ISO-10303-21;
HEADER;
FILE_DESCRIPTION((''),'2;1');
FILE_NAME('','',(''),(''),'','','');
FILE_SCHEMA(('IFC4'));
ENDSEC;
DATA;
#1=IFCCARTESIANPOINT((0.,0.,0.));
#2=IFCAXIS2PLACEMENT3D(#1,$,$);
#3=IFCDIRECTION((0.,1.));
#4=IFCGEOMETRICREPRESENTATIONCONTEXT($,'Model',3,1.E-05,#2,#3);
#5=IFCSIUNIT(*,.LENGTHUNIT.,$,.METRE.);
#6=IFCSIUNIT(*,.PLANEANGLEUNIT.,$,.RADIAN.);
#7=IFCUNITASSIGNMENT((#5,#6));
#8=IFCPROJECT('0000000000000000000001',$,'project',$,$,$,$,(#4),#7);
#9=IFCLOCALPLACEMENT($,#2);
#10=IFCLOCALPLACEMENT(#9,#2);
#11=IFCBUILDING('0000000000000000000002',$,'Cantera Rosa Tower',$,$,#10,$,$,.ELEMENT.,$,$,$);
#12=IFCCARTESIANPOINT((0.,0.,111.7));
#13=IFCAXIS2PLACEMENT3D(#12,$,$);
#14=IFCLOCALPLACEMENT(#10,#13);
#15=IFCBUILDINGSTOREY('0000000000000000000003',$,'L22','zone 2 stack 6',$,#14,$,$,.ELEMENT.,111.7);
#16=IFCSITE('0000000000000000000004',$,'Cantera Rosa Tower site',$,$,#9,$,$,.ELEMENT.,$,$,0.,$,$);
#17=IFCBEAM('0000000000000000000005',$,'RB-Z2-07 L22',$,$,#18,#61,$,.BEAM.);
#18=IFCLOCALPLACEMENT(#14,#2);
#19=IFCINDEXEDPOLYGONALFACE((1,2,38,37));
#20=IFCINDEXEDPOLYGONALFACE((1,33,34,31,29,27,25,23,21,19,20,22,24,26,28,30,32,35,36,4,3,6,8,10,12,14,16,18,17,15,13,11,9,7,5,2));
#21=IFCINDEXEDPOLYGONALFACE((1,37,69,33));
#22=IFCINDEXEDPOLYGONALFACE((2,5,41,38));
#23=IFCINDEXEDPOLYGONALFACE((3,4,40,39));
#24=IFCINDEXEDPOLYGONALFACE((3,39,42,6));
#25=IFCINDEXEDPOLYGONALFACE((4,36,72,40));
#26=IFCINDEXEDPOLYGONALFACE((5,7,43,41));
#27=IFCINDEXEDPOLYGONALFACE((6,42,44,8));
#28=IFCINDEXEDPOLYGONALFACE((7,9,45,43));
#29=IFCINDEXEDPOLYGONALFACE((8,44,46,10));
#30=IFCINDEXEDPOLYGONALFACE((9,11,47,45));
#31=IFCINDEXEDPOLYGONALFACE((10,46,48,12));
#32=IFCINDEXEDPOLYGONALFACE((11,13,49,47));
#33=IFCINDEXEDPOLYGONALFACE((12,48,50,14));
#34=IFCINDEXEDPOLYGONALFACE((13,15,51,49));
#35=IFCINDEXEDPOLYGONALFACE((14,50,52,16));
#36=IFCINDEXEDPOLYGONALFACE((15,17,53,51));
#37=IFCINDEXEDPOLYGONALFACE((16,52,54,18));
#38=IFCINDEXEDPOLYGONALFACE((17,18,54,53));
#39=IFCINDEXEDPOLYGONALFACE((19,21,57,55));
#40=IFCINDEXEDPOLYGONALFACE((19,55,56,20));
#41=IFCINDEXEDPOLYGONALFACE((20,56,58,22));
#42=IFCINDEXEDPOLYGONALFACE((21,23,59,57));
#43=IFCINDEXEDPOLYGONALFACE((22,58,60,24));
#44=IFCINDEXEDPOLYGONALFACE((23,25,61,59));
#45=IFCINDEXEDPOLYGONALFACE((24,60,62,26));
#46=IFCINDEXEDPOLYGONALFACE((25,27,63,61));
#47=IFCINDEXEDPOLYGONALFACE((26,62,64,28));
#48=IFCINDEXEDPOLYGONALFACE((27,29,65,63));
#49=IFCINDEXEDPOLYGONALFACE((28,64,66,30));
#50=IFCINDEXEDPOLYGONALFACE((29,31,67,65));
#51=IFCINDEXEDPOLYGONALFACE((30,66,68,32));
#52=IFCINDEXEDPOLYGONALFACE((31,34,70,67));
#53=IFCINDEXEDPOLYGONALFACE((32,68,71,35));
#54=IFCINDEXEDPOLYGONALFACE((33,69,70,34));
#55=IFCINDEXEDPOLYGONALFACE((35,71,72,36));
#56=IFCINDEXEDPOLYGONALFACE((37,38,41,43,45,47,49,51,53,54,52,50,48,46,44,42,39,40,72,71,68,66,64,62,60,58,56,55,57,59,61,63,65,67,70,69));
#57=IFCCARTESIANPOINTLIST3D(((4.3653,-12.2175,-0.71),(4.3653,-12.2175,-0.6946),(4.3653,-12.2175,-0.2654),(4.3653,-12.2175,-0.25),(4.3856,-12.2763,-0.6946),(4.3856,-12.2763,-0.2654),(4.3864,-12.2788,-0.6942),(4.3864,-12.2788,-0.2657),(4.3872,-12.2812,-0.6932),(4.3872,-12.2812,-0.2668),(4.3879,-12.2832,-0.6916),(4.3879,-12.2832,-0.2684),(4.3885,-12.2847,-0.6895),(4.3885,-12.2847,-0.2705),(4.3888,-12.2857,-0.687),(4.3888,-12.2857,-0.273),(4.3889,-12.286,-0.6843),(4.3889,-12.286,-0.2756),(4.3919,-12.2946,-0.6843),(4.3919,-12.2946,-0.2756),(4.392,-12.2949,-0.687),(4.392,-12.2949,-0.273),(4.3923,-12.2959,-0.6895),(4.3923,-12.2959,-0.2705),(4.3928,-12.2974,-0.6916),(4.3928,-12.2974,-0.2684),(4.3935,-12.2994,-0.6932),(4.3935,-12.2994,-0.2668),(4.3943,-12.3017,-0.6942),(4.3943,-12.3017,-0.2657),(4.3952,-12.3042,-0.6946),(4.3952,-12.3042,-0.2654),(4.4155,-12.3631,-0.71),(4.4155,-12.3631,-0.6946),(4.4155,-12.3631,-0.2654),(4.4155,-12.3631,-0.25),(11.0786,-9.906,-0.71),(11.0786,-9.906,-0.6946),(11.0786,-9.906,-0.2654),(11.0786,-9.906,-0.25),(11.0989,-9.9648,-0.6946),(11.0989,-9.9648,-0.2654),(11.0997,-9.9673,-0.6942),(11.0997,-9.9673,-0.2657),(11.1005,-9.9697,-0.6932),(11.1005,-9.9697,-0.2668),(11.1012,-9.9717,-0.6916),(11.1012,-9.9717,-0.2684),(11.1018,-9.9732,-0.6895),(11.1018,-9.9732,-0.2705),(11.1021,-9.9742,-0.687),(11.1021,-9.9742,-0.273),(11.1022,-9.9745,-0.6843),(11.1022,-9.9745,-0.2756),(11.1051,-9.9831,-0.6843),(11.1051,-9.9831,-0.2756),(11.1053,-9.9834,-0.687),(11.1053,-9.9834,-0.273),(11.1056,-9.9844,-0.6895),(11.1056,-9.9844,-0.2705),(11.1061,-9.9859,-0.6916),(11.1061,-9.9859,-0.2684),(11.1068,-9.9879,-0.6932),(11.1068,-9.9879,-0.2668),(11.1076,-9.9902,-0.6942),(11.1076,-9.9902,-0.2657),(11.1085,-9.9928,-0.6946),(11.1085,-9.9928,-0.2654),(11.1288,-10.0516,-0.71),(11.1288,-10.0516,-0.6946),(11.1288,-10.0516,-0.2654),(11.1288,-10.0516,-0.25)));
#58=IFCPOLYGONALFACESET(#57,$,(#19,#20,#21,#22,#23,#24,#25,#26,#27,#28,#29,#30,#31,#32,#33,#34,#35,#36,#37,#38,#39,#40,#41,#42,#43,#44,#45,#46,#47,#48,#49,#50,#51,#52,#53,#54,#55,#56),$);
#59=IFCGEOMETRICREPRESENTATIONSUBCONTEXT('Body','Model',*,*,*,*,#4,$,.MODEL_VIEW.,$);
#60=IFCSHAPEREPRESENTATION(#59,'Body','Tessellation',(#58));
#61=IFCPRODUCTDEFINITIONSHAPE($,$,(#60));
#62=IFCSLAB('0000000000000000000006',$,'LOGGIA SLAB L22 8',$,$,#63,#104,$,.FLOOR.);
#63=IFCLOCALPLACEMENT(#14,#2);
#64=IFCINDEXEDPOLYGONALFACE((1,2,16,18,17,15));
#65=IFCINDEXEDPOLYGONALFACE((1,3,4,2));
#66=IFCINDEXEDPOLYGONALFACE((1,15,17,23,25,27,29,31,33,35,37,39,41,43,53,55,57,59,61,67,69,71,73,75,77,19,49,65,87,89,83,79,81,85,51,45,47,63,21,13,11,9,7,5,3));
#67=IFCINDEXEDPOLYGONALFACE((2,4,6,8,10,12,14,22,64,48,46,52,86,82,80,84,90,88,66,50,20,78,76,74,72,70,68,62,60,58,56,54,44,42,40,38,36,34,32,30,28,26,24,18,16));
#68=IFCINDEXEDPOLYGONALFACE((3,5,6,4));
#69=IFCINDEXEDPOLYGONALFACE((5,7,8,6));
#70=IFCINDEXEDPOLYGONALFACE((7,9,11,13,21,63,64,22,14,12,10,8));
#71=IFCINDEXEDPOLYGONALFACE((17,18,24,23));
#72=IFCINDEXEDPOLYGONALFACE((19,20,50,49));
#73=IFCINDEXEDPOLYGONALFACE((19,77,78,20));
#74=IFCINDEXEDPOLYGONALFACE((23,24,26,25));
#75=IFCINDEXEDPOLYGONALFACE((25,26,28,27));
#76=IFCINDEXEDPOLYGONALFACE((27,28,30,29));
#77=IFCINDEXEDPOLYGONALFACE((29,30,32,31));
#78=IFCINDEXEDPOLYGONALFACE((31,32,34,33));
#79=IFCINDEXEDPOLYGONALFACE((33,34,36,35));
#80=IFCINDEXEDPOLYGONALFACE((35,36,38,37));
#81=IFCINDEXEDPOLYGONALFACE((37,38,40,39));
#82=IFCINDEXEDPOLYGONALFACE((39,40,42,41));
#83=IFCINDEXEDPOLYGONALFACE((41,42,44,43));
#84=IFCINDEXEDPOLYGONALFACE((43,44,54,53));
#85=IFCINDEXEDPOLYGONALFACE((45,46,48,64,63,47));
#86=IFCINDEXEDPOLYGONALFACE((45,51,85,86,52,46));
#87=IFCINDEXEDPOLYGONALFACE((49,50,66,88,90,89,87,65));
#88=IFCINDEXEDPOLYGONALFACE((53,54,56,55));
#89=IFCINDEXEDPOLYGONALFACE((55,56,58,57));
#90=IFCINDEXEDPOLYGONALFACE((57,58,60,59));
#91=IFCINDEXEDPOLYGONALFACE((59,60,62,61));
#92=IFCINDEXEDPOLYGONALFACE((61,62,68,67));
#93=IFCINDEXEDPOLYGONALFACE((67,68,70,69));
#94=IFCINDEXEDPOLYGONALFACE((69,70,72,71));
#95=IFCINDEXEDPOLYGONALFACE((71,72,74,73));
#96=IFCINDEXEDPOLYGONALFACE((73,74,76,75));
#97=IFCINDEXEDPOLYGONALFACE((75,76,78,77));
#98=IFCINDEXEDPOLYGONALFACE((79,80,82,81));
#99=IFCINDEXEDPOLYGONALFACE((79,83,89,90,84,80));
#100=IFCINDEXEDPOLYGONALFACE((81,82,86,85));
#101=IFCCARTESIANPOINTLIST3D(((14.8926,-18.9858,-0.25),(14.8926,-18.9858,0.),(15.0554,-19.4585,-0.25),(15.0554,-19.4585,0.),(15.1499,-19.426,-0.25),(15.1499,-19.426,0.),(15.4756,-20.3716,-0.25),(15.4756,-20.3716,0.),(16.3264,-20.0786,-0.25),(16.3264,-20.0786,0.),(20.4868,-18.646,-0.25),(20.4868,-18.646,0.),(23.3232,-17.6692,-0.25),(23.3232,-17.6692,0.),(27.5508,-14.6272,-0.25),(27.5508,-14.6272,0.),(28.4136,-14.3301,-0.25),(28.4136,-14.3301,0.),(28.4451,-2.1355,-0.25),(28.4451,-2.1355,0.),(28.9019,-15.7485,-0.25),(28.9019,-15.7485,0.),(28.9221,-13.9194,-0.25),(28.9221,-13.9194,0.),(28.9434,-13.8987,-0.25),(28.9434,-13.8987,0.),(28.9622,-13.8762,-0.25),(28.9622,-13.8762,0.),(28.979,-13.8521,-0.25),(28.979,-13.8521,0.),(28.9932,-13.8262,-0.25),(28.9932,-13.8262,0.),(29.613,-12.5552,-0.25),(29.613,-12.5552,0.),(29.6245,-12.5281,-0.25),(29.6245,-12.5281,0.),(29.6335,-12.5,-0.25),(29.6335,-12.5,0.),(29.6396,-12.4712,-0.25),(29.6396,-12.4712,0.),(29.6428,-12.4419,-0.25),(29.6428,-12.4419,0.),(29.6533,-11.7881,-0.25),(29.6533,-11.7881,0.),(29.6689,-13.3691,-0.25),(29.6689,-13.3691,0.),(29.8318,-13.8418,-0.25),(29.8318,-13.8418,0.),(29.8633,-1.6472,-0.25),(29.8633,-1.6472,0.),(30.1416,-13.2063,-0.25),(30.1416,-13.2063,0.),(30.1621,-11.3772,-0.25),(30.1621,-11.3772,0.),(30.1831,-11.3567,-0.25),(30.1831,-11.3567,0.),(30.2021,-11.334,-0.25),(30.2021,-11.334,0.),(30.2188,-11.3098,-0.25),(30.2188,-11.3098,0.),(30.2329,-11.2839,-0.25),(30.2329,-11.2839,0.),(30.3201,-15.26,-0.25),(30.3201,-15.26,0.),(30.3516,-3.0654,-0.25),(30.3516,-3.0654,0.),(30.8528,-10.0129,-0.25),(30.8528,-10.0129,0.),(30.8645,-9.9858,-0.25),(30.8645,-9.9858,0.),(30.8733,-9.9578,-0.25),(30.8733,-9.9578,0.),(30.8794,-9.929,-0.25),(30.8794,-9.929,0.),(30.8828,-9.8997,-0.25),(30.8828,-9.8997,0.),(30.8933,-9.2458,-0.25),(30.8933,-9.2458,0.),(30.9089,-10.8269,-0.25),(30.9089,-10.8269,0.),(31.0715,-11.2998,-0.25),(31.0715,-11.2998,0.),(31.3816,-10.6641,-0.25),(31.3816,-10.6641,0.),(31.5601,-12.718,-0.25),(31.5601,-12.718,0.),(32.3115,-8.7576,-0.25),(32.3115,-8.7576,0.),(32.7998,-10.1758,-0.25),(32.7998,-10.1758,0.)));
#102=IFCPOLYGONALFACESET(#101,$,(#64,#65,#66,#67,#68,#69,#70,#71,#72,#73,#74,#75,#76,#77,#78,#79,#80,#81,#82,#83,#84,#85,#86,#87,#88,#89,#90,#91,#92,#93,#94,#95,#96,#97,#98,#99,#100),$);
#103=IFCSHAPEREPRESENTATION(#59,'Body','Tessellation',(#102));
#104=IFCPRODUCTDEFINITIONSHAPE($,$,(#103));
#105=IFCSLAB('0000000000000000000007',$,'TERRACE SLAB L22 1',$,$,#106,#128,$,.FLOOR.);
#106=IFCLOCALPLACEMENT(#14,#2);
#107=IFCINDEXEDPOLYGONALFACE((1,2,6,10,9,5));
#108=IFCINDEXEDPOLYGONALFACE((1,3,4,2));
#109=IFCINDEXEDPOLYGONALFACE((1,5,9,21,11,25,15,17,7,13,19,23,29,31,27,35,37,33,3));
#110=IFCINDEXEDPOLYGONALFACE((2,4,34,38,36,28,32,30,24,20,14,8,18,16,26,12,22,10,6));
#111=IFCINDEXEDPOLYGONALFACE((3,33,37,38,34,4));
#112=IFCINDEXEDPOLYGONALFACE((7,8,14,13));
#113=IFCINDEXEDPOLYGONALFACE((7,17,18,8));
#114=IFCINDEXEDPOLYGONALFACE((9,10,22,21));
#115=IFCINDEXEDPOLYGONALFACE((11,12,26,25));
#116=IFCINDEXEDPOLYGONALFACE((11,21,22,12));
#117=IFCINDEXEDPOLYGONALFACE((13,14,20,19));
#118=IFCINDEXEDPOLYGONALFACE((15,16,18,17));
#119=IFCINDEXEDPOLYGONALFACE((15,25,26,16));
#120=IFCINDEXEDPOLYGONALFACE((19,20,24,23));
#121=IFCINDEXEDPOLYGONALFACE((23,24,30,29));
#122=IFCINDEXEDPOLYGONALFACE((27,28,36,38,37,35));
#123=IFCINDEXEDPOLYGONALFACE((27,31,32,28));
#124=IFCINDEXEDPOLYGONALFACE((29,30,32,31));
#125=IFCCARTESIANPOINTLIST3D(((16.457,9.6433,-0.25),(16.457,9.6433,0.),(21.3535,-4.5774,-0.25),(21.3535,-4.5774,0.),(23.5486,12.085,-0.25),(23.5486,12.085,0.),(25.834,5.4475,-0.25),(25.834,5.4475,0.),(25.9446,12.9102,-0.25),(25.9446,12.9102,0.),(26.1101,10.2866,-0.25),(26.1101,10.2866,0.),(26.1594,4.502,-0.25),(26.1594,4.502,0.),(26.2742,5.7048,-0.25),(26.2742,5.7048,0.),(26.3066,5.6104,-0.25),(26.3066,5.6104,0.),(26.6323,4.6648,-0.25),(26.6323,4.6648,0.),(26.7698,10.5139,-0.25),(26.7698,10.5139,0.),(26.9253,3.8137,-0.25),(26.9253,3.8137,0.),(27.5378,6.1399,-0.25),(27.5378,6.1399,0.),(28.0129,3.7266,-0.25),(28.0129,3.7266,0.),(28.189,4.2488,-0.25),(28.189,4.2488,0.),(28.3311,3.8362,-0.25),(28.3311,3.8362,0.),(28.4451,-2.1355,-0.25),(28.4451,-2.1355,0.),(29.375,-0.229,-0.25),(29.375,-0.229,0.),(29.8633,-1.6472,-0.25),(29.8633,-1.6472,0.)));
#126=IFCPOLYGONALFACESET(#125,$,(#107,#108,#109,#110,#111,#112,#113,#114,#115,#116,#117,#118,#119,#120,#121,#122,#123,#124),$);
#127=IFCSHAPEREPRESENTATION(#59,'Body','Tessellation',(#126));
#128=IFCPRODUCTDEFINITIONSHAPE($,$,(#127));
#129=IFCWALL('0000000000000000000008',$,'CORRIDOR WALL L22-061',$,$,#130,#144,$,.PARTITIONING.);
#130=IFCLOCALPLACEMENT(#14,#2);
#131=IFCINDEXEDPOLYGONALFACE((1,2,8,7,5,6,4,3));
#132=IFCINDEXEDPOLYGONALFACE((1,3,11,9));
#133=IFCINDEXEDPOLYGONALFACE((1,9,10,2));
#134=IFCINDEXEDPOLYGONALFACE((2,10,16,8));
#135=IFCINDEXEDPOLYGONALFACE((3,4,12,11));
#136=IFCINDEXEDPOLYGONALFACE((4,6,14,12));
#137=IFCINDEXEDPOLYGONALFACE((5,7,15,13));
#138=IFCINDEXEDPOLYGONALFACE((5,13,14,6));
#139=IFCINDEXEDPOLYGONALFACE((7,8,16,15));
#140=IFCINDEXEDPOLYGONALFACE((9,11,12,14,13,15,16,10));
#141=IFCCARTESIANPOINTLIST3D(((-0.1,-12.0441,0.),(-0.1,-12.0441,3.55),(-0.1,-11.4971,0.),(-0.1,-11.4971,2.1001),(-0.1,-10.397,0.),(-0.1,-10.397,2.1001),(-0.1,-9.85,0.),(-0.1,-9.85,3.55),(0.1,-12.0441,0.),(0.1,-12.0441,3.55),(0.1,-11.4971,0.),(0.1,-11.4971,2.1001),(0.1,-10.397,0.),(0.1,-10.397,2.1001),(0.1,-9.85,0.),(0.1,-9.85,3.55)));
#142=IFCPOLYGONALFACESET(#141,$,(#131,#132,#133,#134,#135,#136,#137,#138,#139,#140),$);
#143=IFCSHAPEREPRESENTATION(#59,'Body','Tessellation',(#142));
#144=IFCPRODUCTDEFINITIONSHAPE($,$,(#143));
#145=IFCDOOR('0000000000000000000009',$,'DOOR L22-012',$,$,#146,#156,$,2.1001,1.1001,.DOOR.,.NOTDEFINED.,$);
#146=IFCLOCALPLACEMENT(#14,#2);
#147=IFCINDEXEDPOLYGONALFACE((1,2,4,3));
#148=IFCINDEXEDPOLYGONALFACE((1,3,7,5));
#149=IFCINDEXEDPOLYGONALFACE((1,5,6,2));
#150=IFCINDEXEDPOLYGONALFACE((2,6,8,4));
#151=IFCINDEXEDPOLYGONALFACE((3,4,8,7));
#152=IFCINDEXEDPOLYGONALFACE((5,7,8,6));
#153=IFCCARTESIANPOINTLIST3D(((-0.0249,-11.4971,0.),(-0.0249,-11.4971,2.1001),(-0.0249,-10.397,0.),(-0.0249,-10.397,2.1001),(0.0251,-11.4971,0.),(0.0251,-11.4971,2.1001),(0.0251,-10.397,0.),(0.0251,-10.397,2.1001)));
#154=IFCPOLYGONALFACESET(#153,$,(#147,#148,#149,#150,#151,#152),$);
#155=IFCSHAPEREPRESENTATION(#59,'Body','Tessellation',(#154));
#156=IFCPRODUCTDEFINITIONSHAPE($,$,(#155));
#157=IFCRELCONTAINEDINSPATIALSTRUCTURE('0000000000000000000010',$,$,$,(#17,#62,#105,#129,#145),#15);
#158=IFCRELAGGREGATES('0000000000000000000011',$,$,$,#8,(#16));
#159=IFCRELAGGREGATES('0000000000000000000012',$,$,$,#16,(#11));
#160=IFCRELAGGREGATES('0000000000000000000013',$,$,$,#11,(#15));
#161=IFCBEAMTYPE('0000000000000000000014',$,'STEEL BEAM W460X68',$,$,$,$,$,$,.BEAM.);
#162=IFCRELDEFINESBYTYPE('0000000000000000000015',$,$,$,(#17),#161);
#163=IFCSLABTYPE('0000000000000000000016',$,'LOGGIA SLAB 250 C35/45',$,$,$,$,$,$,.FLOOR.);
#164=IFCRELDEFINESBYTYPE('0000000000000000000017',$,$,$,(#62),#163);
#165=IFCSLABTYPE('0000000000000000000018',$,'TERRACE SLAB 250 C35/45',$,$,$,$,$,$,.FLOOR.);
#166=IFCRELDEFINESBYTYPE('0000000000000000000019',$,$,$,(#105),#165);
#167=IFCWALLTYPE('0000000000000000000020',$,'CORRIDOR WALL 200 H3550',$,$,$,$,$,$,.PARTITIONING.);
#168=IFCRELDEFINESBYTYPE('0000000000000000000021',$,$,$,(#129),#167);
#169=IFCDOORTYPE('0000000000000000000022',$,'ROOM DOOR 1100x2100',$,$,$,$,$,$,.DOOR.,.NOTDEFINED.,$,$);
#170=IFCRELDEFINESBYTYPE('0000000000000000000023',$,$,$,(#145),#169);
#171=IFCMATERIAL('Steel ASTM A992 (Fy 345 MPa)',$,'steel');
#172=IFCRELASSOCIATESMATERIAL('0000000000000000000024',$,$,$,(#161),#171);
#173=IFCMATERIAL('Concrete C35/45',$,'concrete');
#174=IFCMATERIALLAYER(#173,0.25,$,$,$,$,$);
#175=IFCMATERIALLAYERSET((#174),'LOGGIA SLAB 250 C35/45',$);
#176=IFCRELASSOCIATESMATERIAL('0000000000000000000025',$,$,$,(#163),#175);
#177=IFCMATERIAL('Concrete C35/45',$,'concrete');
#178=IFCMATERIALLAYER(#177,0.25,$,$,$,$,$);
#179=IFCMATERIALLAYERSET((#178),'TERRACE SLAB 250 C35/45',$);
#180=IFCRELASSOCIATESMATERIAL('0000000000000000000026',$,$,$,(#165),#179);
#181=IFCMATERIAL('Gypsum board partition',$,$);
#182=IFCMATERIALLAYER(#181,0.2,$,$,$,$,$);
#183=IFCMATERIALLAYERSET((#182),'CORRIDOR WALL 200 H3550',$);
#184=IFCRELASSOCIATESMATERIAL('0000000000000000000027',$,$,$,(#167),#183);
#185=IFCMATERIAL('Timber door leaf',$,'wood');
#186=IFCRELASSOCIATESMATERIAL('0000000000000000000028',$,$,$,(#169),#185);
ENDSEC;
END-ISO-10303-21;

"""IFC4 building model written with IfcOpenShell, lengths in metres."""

from ifc_helpers import new_model, si_unit, direction, frame, frame_2d, origin, origin_2d, place, context, subcontext, project, spatial, polyline, rectangle, i_section, outline, extrude, material, layer, layer_set, material_profile, profile_set, type_object, element, fill, save


model = new_model("IFC4")

# Units and contexts
model_context = context("Model", 3, precision=1e-05, world=origin(), true_north=direction((0.0, 1.0)))
body_context = subcontext(model_context, "Body", "Model", "MODEL_VIEW")
ifc_project = project(units=[si_unit("LENGTHUNIT", "METRE"), si_unit("PLANEANGLEUNIT", "RADIAN")], contexts=[model_context])

# Site, building, storey
site_placement = place(None, origin())
site = spatial("IfcSite", under=ifc_project, at=site_placement, Name="Cantera Rosa Tower site", CompositionType="ELEMENT", RefElevation=0.0)
building_placement = place(site_placement, origin())
building = spatial("IfcBuilding", under=site, at=building_placement, Name="Cantera Rosa Tower", CompositionType="ELEMENT")
storey_placement = place(building_placement, frame((0.0, 0.0, 111.7)))
storey = spatial("IfcBuildingStorey", under=building, at=storey_placement, Name="L22", Description="zone 2 stack 6", CompositionType="ELEMENT", Elevation=111.7)

# Beam
ifc_material_1 = material(Name="Steel ASTM A992 (Fy 345 MPa)", Category="steel")
ifc_material_profile = material_profile(ifc_material_1, i_section(OverallWidth=0.1541, OverallDepth=0.46, WebThickness=0.009, FlangeThickness=0.0154, FilletRadius=0.0103, at=origin_2d()), Name="W460X68")
ifc_profile_set = profile_set([ifc_material_profile], Name="Steel ASTM A992 (Fy 345 MPa)")
beam_type = type_object("IfcBeamType", Name="STEEL BEAM W460X68", PredefinedType="BEAM", material=ifc_profile_set)
beam_placement = place(storey_placement, frame((4.3904, -12.2903, -0.48), z_axis=(0.945522, 0.325558, 0.0), x_axis=(-0.325558, 0.945522, 0.0)))
element("IfcBeam", 1, at=beam_placement, inside=storey, type_object=beam_type, Name="RB-Z2-07 L22", PredefinedType="BEAM", context=body_context, shape_type="SweptSolid", body=[
    extrude(i_section(OverallWidth=0.1541, OverallDepth=0.46, WebThickness=0.009, FlangeThickness=0.0154, FilletRadius=0.0103, at=origin_2d()), origin(), (0.0, 0.0, 1.0), 7.1001),
])

# Slabs
ifc_material_2 = material(Name="Concrete C35/45", Category="concrete")
ifc_layer_1 = layer(ifc_material_2, 0.25)
ifc_layer_set_1 = layer_set([ifc_layer_1], Name="LOGGIA SLAB 250 C35/45")
slab_type_1 = type_object("IfcSlabType", Name="LOGGIA SLAB 250 C35/45", PredefinedType="FLOOR", material=ifc_layer_set_1)
slab_1_placement = place(storey_placement, frame((0.0, 0.0, -0.25)))
element("IfcSlab", 2, at=slab_1_placement, inside=storey, type_object=slab_type_1, Name="LOGGIA SLAB L22 8", PredefinedType="FLOOR", context=body_context, shape_type="SweptSolid", body=[
    extrude(outline(polyline([(30.9089, -10.8269), (31.0715, -11.2998), (31.5601, -12.718), (30.1416, -13.2063), (29.6689, -13.3691), (29.8318, -13.8418), (30.3201, -15.26), (28.9019, -15.7485), (23.3232, -17.6692), (20.4868, -18.646), (16.3264, -20.0786), (15.4756, -20.3716), (15.1499, -19.426), (15.0554, -19.4585), (14.8926, -18.9858), (27.5508, -14.6272), (28.4136, -14.3301), (28.9221, -13.9194), (28.9434, -13.8987), (28.9622, -13.8762), (28.979, -13.8521), (28.9932, -13.8262), (29.613, -12.5552), (29.6245, -12.5281), (29.6335, -12.5), (29.6396, -12.4712), (29.6428, -12.4419), (29.6533, -11.7881), (30.1621, -11.3772), (30.1831, -11.3567), (30.2021, -11.334), (30.2188, -11.3098), (30.2329, -11.2839), (30.8528, -10.0129), (30.8645, -9.9858), (30.8733, -9.9578), (30.8794, -9.929), (30.8828, -9.8997), (30.8933, -9.2458), (28.4451, -2.1355), (29.8633, -1.6472), (30.3516, -3.0654), (32.3115, -8.7576), (32.7998, -10.1758), (31.3816, -10.6641), (30.9089, -10.8269)])), origin(), (0.0, 0.0, 1.0), 0.25),
])
ifc_material_3 = material(Name="Concrete C35/45", Category="concrete")
ifc_layer_2 = layer(ifc_material_3, 0.25)
ifc_layer_set_2 = layer_set([ifc_layer_2], Name="TERRACE SLAB 250 C35/45")
slab_type_2 = type_object("IfcSlabType", Name="TERRACE SLAB 250 C35/45", PredefinedType="FLOOR", material=ifc_layer_set_2)
slab_2_placement = place(storey_placement, frame((0.0, 0.0, -0.25)))
element("IfcSlab", 3, at=slab_2_placement, inside=storey, type_object=slab_type_2, Name="TERRACE SLAB L22 1", PredefinedType="FLOOR", context=body_context, shape_type="SweptSolid", body=[
    extrude(outline(polyline([(28.4451, -2.1355), (21.3535, -4.5774), (16.457, 9.6433), (23.5486, 12.085), (25.9446, 12.9102), (26.7698, 10.5139), (26.1101, 10.2866), (27.5378, 6.1399), (26.2742, 5.7048), (26.3066, 5.6104), (25.834, 5.4475), (26.1594, 4.502), (26.6323, 4.6648), (26.9253, 3.8137), (28.189, 4.2488), (28.3311, 3.8362), (28.0129, 3.7266), (29.375, -0.229), (29.8633, -1.6472), (28.4451, -2.1355)])), origin(), (0.0, 0.0, 1.0), 0.25),
])

# Wall, opening, door
ifc_material_4 = material(Name="Gypsum board partition")
ifc_layer_3 = layer(ifc_material_4, 0.2)
ifc_layer_set_3 = layer_set([ifc_layer_3], Name="CORRIDOR WALL 200 H3550")
wall_type_1 = type_object("IfcWallType", Name="CORRIDOR WALL 200 H3550", PredefinedType="PARTITIONING", material=ifc_layer_set_3)
wall_1_placement = place(storey_placement, frame((0.0, -12.0442, 0.0), z_axis=(0.0, 0.0, 1.0), x_axis=(0.0, 1.0, 0.0)))
wall_1 = element("IfcWall", 4, at=wall_1_placement, inside=storey, type_object=wall_type_1, Name="CORRIDOR WALL L22-061", PredefinedType="PARTITIONING", context=body_context, shape_type="SweptSolid", body=[
    extrude(rectangle(XDim=2.1941, YDim=0.2, at=frame_2d((1.0972, 0.0))), origin(), (0.0, 0.0, 1.0), 3.55),
])
opening_1_placement = place(wall_1_placement, frame((0.5471, 0.0, 0.0)))
opening_1 = element("IfcOpeningElement", 5, at=opening_1_placement, cuts=wall_1, PredefinedType="OPENING", context=body_context, shape_type="SweptSolid", body=[
    extrude(rectangle(XDim=1.1001, YDim=2.1001, at=frame_2d((0.55, 1.05))), frame((0.0, 0.1099, 0.0), z_axis=(0.0, -1.0, 0.0), x_axis=(1.0, 0.0, 0.0)), (0.0, 0.0, 1.0), 0.22),
])
ifc_material_5 = material(Name="Timber door leaf", Category="wood")
door_type_1 = type_object("IfcDoorType", Name="ROOM DOOR 1100x2100", OperationType="NOTDEFINED", PredefinedType="DOOR", material=ifc_material_5)
door_1_placement = place(opening_1_placement, origin())
door_1 = element("IfcDoor", 6, at=door_1_placement, inside=storey, type_object=door_type_1, Name="DOOR L22-012", OperationType="NOTDEFINED", OverallHeight=2.1001, OverallWidth=1.1001, PredefinedType="DOOR", context=body_context, shape_type="SweptSolid", body=[
    extrude(rectangle(XDim=1.1001, YDim=2.1001, at=frame_2d((0.55, 1.05))), frame((0.0, 0.0249, 0.0), z_axis=(0.0, -1.0, 0.0), x_axis=(1.0, 0.0, 0.0)), (0.0, 0.0, 1.0), 0.05),
])
fill(opening_1, door_1)

save(model, "model.ifc")
